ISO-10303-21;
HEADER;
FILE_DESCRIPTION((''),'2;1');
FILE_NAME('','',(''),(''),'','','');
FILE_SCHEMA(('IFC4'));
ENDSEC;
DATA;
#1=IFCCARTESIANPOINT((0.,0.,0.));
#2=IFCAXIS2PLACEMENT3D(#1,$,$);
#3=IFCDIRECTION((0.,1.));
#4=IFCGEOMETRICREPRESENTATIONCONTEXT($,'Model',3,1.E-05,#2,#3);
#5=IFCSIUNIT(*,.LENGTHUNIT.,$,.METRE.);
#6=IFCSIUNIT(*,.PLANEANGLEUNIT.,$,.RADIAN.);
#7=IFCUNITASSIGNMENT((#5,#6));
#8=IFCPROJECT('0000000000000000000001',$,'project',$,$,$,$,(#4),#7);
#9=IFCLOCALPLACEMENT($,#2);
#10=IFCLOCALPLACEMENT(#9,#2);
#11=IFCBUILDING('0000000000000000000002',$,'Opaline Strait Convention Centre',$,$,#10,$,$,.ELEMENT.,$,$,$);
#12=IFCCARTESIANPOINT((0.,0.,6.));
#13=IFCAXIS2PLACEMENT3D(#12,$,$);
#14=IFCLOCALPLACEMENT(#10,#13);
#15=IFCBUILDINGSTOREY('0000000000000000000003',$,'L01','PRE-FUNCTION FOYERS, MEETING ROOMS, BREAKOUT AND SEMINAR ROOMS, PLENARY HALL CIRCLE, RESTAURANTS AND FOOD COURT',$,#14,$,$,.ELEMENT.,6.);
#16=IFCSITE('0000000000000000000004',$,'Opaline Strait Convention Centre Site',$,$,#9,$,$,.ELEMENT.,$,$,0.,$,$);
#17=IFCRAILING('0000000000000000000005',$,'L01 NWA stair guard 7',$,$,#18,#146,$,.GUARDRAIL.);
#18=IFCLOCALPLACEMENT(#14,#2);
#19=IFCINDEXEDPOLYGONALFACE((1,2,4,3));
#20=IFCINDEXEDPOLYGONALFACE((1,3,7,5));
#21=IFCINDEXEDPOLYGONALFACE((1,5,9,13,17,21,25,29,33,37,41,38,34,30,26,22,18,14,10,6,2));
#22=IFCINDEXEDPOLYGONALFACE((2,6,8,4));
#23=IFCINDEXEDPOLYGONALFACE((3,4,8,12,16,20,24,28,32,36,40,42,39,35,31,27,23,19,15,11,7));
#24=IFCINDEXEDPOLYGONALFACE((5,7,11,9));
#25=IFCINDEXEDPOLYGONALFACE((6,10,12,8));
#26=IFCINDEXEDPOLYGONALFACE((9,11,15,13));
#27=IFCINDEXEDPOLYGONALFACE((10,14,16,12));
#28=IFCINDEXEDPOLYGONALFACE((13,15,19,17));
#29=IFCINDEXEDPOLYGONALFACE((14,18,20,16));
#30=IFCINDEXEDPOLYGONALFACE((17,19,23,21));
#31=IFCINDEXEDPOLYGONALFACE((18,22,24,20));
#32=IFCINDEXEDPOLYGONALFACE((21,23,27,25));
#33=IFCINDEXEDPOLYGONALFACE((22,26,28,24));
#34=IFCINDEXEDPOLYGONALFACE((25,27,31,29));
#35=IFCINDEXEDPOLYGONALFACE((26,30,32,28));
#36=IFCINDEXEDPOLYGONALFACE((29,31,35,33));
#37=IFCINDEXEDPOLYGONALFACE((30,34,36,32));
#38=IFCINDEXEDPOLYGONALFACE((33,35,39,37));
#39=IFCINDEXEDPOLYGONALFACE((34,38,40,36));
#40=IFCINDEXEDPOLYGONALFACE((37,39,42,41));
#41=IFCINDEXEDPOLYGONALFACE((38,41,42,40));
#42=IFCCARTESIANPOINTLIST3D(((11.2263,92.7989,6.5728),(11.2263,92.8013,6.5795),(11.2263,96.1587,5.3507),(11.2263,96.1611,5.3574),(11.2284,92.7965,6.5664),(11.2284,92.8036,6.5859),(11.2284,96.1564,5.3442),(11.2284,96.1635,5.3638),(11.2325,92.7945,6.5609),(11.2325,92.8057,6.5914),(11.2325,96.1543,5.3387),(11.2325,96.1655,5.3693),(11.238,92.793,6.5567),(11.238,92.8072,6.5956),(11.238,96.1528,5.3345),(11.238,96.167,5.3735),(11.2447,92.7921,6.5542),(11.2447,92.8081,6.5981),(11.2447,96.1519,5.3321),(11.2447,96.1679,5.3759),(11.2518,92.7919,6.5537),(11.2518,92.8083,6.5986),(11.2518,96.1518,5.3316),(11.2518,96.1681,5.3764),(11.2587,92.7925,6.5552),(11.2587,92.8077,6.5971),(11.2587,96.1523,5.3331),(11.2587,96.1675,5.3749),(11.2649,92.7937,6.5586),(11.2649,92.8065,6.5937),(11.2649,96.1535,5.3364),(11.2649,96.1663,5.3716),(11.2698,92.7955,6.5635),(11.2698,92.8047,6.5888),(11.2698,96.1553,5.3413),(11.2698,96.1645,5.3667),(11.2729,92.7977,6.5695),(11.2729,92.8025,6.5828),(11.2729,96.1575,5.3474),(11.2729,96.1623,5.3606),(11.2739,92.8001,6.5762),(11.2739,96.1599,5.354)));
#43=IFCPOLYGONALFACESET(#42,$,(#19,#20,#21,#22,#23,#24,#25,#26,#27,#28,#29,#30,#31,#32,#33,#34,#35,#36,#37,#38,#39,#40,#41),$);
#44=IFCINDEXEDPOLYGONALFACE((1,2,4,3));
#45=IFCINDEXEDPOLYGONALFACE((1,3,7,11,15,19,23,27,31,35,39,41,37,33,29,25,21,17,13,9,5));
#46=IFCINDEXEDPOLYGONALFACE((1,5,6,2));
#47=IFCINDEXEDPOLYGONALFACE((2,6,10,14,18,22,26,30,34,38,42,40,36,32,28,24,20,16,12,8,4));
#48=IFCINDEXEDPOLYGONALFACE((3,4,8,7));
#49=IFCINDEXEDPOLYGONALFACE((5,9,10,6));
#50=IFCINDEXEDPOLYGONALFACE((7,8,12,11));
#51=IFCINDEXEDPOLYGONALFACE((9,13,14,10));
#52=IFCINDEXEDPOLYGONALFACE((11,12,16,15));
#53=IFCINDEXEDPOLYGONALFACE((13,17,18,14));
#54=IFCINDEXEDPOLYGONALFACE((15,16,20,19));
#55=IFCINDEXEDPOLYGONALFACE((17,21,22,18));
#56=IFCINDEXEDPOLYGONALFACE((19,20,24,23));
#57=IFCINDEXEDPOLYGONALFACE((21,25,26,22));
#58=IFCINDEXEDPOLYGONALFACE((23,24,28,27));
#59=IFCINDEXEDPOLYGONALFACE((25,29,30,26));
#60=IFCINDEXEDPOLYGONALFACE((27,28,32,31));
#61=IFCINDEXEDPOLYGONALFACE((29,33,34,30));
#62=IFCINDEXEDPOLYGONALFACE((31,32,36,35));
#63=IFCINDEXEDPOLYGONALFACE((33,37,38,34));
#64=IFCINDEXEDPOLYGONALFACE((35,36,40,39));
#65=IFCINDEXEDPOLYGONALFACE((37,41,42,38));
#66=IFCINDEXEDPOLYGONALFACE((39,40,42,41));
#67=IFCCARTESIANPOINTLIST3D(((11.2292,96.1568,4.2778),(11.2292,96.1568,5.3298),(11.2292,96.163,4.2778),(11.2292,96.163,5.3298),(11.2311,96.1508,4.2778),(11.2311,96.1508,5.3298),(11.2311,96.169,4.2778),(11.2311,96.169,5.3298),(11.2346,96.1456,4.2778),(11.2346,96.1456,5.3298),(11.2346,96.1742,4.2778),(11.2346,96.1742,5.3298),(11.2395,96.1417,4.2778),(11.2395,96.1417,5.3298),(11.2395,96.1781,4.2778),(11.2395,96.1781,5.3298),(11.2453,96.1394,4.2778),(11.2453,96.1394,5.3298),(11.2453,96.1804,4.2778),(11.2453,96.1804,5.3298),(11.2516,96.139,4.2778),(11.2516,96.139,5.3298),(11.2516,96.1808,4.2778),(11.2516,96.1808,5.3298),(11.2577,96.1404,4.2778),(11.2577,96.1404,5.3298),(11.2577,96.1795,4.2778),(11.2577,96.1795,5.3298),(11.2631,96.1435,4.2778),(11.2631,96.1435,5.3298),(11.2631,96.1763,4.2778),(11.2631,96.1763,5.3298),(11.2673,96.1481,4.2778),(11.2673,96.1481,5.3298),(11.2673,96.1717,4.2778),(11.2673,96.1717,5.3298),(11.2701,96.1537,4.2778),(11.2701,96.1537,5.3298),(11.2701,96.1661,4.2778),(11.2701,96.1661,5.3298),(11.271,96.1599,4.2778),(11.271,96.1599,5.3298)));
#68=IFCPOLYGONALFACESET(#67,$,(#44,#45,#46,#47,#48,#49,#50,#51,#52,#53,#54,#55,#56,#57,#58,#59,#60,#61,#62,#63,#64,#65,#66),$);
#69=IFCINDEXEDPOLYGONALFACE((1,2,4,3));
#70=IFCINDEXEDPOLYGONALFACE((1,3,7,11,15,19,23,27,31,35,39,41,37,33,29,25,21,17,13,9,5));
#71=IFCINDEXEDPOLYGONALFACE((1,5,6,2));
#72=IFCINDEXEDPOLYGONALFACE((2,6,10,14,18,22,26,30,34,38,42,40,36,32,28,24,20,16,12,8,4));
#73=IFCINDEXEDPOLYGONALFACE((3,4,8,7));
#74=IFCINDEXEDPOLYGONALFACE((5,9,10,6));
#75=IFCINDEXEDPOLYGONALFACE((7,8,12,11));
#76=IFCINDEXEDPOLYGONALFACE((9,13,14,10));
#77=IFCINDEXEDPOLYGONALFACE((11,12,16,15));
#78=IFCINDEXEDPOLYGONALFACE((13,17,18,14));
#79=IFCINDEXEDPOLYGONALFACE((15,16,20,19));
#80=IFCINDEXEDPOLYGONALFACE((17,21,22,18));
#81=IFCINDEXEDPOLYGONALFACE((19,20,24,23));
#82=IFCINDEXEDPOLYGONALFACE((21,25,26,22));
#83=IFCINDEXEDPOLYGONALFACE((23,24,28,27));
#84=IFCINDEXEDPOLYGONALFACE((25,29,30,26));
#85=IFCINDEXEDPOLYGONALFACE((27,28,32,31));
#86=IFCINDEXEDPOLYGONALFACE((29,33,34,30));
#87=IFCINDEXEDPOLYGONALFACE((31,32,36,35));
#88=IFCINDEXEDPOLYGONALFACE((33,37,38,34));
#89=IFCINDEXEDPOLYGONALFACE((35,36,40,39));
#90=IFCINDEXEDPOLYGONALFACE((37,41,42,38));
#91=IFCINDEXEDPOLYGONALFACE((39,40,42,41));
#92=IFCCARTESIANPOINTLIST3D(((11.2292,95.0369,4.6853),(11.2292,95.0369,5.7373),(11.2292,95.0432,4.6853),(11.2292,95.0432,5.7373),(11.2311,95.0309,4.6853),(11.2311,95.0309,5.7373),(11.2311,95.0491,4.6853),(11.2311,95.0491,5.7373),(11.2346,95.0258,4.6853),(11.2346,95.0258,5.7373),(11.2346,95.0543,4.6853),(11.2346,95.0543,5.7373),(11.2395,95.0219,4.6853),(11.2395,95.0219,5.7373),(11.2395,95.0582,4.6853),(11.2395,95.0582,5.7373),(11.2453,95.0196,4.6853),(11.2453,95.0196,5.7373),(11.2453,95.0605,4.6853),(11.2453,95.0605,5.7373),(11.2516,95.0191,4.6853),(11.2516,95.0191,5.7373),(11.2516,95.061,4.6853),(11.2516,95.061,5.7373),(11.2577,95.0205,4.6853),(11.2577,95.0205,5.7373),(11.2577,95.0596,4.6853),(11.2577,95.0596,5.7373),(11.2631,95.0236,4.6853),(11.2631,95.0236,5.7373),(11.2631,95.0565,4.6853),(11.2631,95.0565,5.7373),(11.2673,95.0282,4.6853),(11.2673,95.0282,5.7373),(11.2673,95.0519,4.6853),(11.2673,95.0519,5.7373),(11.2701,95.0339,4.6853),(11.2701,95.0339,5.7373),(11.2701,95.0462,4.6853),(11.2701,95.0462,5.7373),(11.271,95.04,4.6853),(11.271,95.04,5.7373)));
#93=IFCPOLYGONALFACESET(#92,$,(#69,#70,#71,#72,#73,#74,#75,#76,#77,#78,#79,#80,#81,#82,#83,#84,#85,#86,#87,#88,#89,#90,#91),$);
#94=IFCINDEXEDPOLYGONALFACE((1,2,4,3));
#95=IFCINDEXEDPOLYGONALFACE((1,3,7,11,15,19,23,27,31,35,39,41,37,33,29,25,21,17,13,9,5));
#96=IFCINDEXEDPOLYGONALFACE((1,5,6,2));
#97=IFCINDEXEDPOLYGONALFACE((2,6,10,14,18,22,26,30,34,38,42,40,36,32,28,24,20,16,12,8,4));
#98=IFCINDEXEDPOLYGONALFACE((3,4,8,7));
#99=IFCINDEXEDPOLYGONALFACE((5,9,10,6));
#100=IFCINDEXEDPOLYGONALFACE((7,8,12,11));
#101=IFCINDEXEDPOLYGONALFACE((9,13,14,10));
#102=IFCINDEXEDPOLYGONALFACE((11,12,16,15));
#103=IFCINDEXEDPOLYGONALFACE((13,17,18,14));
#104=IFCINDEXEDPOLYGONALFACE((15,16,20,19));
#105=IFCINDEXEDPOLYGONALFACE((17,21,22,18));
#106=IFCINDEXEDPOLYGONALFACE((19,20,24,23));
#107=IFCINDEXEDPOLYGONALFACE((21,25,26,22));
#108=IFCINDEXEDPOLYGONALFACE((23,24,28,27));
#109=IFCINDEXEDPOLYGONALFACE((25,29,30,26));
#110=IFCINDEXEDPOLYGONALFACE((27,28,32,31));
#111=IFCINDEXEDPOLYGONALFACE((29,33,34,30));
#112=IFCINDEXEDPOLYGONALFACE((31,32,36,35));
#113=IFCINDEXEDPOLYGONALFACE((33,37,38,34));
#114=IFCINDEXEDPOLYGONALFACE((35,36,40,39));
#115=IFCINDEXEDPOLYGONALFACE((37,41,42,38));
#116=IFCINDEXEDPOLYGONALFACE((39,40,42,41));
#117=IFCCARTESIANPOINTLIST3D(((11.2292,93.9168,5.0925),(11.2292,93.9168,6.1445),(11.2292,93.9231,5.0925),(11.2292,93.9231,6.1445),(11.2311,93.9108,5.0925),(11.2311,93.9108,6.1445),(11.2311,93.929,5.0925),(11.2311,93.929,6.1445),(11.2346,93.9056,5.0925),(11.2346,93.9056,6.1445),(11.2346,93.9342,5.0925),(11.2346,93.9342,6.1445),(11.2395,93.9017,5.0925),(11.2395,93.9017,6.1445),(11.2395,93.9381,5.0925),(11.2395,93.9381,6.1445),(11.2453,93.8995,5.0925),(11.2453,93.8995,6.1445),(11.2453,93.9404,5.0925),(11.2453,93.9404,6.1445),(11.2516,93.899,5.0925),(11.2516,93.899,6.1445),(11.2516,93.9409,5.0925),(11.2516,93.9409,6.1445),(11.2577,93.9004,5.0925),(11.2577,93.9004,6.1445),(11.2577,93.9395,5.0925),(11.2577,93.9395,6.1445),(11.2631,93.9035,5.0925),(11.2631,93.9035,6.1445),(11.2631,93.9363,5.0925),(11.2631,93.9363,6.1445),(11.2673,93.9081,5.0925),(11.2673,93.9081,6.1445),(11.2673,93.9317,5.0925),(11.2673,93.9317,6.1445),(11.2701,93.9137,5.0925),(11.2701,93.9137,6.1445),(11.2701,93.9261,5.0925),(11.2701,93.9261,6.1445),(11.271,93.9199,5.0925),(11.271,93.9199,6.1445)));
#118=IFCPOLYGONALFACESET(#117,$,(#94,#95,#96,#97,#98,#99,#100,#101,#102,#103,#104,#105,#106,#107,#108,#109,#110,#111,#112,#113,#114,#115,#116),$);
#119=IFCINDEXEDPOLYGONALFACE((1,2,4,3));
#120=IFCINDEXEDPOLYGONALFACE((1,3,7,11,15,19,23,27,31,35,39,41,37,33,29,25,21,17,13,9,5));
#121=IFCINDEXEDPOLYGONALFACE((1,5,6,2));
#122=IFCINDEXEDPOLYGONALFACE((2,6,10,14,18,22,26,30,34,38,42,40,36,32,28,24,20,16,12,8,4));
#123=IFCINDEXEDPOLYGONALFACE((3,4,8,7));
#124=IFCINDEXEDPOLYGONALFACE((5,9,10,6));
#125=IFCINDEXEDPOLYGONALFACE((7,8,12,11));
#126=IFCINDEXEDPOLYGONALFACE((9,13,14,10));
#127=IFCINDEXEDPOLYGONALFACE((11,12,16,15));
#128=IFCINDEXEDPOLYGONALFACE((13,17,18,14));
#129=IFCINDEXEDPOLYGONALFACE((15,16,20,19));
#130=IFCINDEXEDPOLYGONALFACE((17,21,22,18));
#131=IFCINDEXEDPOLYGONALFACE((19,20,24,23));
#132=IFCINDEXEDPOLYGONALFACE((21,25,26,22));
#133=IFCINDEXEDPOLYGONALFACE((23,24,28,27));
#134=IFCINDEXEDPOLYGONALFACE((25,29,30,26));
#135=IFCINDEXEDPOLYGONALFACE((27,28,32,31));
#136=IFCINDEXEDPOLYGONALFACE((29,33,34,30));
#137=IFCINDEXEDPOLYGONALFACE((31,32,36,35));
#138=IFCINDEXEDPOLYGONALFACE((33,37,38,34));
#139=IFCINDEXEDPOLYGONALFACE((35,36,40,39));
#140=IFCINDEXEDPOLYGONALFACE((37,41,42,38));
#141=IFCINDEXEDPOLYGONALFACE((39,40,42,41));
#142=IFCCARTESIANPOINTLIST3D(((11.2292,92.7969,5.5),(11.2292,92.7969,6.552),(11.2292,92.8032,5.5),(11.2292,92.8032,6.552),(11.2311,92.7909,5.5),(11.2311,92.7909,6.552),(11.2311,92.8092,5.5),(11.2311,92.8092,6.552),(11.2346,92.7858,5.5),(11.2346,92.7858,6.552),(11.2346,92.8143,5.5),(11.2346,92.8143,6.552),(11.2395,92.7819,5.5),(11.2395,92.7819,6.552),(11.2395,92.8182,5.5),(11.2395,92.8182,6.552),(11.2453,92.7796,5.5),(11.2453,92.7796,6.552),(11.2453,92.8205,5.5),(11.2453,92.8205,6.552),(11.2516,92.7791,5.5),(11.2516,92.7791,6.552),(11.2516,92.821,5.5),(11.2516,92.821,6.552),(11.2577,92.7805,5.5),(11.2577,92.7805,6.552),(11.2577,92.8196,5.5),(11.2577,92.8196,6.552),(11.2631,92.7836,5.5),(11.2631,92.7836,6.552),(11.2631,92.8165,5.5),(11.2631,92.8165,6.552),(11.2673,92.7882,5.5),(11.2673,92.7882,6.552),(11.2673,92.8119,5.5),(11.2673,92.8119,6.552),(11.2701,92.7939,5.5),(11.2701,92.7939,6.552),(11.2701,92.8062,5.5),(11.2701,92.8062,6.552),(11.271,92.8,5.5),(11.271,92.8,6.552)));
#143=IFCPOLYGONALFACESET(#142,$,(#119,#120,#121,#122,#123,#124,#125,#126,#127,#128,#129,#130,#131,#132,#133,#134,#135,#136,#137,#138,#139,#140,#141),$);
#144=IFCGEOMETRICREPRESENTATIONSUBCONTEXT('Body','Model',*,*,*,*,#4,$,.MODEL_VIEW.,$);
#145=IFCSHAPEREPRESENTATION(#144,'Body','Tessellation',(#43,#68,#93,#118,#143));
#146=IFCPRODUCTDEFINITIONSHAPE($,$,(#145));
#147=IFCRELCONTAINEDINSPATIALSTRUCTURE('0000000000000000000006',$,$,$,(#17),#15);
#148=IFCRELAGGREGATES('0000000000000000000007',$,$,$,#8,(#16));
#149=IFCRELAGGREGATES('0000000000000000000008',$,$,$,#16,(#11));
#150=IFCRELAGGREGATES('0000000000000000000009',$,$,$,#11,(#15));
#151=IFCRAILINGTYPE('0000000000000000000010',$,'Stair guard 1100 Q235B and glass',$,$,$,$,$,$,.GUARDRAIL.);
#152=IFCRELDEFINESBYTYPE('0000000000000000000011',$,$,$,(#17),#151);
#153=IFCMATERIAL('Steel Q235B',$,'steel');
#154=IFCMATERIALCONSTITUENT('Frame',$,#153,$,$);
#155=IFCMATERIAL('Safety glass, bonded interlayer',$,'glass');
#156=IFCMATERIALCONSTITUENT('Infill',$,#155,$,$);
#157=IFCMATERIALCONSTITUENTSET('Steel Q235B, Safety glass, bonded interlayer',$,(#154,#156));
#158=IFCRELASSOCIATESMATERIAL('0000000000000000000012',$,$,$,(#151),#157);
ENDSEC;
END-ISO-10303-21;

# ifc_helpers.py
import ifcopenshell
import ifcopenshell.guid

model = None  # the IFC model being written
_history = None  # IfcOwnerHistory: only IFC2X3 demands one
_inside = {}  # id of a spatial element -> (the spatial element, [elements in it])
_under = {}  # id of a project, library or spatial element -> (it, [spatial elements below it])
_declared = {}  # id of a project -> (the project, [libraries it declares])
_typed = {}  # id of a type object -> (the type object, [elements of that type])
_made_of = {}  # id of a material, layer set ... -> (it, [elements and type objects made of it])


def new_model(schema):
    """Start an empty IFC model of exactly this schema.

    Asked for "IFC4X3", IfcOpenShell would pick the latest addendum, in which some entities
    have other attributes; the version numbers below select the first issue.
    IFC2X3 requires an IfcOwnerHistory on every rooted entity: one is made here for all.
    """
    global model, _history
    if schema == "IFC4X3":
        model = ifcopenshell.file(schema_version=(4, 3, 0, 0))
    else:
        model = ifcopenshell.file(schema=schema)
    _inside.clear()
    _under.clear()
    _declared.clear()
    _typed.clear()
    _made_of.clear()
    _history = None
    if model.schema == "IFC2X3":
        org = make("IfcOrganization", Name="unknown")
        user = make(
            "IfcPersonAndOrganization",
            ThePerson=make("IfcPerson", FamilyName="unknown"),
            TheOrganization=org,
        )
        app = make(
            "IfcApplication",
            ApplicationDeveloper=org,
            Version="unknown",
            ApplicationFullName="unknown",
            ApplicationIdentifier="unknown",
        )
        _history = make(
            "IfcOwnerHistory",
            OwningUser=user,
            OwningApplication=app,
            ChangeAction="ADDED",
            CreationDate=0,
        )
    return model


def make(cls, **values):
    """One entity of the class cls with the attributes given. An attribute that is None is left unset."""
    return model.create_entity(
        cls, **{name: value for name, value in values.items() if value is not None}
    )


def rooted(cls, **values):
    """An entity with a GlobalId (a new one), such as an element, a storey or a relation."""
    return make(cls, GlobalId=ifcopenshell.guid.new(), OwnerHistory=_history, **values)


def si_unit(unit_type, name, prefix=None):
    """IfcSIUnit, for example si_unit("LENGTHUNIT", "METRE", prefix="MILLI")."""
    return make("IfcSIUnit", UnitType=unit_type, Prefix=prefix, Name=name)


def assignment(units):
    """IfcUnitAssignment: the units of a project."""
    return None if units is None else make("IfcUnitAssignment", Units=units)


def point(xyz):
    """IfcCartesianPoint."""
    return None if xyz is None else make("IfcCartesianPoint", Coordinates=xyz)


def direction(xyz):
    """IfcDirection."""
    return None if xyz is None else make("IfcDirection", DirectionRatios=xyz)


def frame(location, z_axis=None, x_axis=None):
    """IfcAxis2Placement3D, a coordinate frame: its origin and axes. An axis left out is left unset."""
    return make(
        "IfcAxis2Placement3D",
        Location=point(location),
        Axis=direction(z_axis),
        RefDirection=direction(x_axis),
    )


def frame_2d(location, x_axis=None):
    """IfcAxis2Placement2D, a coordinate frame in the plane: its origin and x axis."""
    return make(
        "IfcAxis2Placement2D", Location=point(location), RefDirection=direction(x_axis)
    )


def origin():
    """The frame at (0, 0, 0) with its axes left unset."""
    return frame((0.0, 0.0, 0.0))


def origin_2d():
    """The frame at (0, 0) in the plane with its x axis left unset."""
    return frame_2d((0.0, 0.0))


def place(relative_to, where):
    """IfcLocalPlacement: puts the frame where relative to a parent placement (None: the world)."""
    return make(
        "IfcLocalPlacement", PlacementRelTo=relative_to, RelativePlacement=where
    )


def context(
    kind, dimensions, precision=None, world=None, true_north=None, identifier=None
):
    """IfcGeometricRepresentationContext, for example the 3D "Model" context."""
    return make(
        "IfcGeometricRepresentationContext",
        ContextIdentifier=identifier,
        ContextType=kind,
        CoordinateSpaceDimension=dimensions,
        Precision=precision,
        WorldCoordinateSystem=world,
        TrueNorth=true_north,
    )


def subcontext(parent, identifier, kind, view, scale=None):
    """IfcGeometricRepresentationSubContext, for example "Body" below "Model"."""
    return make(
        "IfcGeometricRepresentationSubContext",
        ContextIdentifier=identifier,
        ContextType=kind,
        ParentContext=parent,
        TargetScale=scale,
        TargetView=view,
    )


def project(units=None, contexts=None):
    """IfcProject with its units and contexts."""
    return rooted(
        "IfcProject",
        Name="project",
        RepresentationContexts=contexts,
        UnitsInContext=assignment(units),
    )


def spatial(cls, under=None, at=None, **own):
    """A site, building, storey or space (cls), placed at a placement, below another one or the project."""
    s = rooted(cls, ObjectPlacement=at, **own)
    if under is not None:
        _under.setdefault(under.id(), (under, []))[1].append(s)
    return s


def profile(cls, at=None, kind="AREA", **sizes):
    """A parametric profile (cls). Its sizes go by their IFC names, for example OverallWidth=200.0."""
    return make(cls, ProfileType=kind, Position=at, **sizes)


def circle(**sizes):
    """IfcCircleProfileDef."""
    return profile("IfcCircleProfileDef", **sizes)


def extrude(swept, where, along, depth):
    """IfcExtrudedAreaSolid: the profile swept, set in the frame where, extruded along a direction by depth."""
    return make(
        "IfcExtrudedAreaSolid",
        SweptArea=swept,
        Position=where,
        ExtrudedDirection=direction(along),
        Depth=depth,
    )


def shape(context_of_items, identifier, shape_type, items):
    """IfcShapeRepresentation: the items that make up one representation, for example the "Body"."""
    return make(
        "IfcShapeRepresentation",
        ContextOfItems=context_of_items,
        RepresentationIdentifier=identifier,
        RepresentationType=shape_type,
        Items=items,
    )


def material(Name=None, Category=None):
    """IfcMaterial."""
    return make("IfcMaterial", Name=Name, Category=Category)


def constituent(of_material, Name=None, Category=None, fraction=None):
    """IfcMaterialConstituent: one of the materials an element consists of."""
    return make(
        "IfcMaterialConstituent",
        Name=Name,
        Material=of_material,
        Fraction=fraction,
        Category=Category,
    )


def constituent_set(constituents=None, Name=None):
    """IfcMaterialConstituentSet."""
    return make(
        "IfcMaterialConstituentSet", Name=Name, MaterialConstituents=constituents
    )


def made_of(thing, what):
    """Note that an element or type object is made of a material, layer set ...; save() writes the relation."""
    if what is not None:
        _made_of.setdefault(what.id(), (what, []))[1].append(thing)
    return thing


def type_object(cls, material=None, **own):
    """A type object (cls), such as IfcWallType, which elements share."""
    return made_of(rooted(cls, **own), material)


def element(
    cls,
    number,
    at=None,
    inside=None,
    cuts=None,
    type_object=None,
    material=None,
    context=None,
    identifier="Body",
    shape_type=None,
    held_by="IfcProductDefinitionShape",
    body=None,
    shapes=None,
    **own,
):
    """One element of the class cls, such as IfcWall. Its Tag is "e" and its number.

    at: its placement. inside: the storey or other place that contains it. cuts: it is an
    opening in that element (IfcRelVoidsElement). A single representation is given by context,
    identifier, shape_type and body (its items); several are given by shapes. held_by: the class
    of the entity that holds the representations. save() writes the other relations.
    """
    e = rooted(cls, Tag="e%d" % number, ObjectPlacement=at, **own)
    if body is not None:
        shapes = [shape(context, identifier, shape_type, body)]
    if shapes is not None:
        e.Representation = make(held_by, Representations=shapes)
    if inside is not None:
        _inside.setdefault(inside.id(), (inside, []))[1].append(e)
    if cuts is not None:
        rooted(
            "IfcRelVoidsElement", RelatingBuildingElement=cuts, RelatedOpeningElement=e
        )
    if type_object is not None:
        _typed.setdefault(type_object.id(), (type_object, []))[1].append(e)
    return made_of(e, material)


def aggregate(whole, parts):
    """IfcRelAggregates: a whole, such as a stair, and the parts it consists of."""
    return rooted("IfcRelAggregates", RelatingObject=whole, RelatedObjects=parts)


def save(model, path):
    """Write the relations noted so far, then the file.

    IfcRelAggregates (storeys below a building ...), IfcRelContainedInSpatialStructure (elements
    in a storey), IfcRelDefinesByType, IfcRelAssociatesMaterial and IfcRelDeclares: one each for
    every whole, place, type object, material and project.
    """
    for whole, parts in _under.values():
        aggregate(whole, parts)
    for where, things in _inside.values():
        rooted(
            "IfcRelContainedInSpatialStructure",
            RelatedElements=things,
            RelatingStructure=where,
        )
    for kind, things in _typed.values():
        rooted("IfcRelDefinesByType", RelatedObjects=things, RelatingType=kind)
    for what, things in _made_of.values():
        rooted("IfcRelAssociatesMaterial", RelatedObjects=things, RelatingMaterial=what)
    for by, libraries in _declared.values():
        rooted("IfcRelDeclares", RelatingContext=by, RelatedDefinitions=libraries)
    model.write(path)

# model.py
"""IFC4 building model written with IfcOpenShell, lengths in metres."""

from ifc_helpers import new_model, si_unit, direction, frame, origin, origin_2d, place, context, subcontext, project, spatial, circle, extrude, material, constituent, constituent_set, type_object, element, save


model = new_model("IFC4")

# Units and contexts
model_context = context("Model", 3, precision=1e-05, world=origin(), true_north=direction((0.0, 1.0)))
body_context = subcontext(model_context, "Body", "Model", "MODEL_VIEW")
ifc_project = project(units=[si_unit("LENGTHUNIT", "METRE"), si_unit("PLANEANGLEUNIT", "RADIAN")], contexts=[model_context])

# Site, building, storey
site_placement = place(None, origin())
site = spatial("IfcSite", under=ifc_project, at=site_placement, Name="Opaline Strait Convention Centre Site", CompositionType="ELEMENT", RefElevation=0.0)
building_placement = place(site_placement, origin())
building = spatial("IfcBuilding", under=site, at=building_placement, Name="Opaline Strait Convention Centre", CompositionType="ELEMENT")
storey_placement = place(building_placement, frame((0.0, 0.0, 6.0)))
storey = spatial("IfcBuildingStorey", under=building, at=storey_placement, Name="L01", Description="PRE-FUNCTION FOYERS, MEETING ROOMS, BREAKOUT AND SEMINAR ROOMS, PLENARY HALL CIRCLE, RESTAURANTS AND FOOD COURT", CompositionType="ELEMENT", Elevation=6.0)

# Railing
ifc_material_1 = material(Name="Steel Q235B", Category="steel")
ifc_constituent_1 = constituent(ifc_material_1, Name="Frame")
ifc_material_2 = material(Name="Safety glass, bonded interlayer", Category="glass")
ifc_constituent_2 = constituent(ifc_material_2, Name="Infill")
ifc_constituent_set = constituent_set(constituents=[ifc_constituent_1, ifc_constituent_2], Name="Steel Q235B, Safety glass, bonded interlayer")
railing_type_1 = type_object("IfcRailingType", Name="Stair guard 1100 Q235B and glass", PredefinedType="GUARDRAIL", material=ifc_constituent_set)
for number, where, name in (
    (1, (11.25, 96.1599, 4.2778), "L01 NWA stair guard 7"),
):
    element("IfcRailing", number, at=place(storey_placement, frame(where)), inside=storey, type_object=railing_type_1, Name=name, PredefinedType="GUARDRAIL", context=body_context, shape_type="SweptSolid", body=[
        extrude(circle(Radius=0.0239, at=origin_2d()), frame((0.0, 0.0, 1.0762), z_axis=(0.0, -0.939758, 0.341842), x_axis=(1.0, 0.0, 0.0)), (0.0, 0.0, 1.0), 3.5752),
        extrude(circle(Radius=0.021, at=origin_2d()), origin(), (0.0, 0.0, 1.0), 1.052),
        extrude(circle(Radius=0.021, at=origin_2d()), frame((0.0, -1.1199, 0.4075)), (0.0, 0.0, 1.0), 1.052),
        extrude(circle(Radius=0.021, at=origin_2d()), frame((0.0, -2.24, 0.8147)), (0.0, 0.0, 1.0), 1.052),
        extrude(circle(Radius=0.021, at=origin_2d()), frame((0.0, -3.3599, 1.2222)), (0.0, 0.0, 1.0), 1.052),
    ])

save(model, "model.ifc")
